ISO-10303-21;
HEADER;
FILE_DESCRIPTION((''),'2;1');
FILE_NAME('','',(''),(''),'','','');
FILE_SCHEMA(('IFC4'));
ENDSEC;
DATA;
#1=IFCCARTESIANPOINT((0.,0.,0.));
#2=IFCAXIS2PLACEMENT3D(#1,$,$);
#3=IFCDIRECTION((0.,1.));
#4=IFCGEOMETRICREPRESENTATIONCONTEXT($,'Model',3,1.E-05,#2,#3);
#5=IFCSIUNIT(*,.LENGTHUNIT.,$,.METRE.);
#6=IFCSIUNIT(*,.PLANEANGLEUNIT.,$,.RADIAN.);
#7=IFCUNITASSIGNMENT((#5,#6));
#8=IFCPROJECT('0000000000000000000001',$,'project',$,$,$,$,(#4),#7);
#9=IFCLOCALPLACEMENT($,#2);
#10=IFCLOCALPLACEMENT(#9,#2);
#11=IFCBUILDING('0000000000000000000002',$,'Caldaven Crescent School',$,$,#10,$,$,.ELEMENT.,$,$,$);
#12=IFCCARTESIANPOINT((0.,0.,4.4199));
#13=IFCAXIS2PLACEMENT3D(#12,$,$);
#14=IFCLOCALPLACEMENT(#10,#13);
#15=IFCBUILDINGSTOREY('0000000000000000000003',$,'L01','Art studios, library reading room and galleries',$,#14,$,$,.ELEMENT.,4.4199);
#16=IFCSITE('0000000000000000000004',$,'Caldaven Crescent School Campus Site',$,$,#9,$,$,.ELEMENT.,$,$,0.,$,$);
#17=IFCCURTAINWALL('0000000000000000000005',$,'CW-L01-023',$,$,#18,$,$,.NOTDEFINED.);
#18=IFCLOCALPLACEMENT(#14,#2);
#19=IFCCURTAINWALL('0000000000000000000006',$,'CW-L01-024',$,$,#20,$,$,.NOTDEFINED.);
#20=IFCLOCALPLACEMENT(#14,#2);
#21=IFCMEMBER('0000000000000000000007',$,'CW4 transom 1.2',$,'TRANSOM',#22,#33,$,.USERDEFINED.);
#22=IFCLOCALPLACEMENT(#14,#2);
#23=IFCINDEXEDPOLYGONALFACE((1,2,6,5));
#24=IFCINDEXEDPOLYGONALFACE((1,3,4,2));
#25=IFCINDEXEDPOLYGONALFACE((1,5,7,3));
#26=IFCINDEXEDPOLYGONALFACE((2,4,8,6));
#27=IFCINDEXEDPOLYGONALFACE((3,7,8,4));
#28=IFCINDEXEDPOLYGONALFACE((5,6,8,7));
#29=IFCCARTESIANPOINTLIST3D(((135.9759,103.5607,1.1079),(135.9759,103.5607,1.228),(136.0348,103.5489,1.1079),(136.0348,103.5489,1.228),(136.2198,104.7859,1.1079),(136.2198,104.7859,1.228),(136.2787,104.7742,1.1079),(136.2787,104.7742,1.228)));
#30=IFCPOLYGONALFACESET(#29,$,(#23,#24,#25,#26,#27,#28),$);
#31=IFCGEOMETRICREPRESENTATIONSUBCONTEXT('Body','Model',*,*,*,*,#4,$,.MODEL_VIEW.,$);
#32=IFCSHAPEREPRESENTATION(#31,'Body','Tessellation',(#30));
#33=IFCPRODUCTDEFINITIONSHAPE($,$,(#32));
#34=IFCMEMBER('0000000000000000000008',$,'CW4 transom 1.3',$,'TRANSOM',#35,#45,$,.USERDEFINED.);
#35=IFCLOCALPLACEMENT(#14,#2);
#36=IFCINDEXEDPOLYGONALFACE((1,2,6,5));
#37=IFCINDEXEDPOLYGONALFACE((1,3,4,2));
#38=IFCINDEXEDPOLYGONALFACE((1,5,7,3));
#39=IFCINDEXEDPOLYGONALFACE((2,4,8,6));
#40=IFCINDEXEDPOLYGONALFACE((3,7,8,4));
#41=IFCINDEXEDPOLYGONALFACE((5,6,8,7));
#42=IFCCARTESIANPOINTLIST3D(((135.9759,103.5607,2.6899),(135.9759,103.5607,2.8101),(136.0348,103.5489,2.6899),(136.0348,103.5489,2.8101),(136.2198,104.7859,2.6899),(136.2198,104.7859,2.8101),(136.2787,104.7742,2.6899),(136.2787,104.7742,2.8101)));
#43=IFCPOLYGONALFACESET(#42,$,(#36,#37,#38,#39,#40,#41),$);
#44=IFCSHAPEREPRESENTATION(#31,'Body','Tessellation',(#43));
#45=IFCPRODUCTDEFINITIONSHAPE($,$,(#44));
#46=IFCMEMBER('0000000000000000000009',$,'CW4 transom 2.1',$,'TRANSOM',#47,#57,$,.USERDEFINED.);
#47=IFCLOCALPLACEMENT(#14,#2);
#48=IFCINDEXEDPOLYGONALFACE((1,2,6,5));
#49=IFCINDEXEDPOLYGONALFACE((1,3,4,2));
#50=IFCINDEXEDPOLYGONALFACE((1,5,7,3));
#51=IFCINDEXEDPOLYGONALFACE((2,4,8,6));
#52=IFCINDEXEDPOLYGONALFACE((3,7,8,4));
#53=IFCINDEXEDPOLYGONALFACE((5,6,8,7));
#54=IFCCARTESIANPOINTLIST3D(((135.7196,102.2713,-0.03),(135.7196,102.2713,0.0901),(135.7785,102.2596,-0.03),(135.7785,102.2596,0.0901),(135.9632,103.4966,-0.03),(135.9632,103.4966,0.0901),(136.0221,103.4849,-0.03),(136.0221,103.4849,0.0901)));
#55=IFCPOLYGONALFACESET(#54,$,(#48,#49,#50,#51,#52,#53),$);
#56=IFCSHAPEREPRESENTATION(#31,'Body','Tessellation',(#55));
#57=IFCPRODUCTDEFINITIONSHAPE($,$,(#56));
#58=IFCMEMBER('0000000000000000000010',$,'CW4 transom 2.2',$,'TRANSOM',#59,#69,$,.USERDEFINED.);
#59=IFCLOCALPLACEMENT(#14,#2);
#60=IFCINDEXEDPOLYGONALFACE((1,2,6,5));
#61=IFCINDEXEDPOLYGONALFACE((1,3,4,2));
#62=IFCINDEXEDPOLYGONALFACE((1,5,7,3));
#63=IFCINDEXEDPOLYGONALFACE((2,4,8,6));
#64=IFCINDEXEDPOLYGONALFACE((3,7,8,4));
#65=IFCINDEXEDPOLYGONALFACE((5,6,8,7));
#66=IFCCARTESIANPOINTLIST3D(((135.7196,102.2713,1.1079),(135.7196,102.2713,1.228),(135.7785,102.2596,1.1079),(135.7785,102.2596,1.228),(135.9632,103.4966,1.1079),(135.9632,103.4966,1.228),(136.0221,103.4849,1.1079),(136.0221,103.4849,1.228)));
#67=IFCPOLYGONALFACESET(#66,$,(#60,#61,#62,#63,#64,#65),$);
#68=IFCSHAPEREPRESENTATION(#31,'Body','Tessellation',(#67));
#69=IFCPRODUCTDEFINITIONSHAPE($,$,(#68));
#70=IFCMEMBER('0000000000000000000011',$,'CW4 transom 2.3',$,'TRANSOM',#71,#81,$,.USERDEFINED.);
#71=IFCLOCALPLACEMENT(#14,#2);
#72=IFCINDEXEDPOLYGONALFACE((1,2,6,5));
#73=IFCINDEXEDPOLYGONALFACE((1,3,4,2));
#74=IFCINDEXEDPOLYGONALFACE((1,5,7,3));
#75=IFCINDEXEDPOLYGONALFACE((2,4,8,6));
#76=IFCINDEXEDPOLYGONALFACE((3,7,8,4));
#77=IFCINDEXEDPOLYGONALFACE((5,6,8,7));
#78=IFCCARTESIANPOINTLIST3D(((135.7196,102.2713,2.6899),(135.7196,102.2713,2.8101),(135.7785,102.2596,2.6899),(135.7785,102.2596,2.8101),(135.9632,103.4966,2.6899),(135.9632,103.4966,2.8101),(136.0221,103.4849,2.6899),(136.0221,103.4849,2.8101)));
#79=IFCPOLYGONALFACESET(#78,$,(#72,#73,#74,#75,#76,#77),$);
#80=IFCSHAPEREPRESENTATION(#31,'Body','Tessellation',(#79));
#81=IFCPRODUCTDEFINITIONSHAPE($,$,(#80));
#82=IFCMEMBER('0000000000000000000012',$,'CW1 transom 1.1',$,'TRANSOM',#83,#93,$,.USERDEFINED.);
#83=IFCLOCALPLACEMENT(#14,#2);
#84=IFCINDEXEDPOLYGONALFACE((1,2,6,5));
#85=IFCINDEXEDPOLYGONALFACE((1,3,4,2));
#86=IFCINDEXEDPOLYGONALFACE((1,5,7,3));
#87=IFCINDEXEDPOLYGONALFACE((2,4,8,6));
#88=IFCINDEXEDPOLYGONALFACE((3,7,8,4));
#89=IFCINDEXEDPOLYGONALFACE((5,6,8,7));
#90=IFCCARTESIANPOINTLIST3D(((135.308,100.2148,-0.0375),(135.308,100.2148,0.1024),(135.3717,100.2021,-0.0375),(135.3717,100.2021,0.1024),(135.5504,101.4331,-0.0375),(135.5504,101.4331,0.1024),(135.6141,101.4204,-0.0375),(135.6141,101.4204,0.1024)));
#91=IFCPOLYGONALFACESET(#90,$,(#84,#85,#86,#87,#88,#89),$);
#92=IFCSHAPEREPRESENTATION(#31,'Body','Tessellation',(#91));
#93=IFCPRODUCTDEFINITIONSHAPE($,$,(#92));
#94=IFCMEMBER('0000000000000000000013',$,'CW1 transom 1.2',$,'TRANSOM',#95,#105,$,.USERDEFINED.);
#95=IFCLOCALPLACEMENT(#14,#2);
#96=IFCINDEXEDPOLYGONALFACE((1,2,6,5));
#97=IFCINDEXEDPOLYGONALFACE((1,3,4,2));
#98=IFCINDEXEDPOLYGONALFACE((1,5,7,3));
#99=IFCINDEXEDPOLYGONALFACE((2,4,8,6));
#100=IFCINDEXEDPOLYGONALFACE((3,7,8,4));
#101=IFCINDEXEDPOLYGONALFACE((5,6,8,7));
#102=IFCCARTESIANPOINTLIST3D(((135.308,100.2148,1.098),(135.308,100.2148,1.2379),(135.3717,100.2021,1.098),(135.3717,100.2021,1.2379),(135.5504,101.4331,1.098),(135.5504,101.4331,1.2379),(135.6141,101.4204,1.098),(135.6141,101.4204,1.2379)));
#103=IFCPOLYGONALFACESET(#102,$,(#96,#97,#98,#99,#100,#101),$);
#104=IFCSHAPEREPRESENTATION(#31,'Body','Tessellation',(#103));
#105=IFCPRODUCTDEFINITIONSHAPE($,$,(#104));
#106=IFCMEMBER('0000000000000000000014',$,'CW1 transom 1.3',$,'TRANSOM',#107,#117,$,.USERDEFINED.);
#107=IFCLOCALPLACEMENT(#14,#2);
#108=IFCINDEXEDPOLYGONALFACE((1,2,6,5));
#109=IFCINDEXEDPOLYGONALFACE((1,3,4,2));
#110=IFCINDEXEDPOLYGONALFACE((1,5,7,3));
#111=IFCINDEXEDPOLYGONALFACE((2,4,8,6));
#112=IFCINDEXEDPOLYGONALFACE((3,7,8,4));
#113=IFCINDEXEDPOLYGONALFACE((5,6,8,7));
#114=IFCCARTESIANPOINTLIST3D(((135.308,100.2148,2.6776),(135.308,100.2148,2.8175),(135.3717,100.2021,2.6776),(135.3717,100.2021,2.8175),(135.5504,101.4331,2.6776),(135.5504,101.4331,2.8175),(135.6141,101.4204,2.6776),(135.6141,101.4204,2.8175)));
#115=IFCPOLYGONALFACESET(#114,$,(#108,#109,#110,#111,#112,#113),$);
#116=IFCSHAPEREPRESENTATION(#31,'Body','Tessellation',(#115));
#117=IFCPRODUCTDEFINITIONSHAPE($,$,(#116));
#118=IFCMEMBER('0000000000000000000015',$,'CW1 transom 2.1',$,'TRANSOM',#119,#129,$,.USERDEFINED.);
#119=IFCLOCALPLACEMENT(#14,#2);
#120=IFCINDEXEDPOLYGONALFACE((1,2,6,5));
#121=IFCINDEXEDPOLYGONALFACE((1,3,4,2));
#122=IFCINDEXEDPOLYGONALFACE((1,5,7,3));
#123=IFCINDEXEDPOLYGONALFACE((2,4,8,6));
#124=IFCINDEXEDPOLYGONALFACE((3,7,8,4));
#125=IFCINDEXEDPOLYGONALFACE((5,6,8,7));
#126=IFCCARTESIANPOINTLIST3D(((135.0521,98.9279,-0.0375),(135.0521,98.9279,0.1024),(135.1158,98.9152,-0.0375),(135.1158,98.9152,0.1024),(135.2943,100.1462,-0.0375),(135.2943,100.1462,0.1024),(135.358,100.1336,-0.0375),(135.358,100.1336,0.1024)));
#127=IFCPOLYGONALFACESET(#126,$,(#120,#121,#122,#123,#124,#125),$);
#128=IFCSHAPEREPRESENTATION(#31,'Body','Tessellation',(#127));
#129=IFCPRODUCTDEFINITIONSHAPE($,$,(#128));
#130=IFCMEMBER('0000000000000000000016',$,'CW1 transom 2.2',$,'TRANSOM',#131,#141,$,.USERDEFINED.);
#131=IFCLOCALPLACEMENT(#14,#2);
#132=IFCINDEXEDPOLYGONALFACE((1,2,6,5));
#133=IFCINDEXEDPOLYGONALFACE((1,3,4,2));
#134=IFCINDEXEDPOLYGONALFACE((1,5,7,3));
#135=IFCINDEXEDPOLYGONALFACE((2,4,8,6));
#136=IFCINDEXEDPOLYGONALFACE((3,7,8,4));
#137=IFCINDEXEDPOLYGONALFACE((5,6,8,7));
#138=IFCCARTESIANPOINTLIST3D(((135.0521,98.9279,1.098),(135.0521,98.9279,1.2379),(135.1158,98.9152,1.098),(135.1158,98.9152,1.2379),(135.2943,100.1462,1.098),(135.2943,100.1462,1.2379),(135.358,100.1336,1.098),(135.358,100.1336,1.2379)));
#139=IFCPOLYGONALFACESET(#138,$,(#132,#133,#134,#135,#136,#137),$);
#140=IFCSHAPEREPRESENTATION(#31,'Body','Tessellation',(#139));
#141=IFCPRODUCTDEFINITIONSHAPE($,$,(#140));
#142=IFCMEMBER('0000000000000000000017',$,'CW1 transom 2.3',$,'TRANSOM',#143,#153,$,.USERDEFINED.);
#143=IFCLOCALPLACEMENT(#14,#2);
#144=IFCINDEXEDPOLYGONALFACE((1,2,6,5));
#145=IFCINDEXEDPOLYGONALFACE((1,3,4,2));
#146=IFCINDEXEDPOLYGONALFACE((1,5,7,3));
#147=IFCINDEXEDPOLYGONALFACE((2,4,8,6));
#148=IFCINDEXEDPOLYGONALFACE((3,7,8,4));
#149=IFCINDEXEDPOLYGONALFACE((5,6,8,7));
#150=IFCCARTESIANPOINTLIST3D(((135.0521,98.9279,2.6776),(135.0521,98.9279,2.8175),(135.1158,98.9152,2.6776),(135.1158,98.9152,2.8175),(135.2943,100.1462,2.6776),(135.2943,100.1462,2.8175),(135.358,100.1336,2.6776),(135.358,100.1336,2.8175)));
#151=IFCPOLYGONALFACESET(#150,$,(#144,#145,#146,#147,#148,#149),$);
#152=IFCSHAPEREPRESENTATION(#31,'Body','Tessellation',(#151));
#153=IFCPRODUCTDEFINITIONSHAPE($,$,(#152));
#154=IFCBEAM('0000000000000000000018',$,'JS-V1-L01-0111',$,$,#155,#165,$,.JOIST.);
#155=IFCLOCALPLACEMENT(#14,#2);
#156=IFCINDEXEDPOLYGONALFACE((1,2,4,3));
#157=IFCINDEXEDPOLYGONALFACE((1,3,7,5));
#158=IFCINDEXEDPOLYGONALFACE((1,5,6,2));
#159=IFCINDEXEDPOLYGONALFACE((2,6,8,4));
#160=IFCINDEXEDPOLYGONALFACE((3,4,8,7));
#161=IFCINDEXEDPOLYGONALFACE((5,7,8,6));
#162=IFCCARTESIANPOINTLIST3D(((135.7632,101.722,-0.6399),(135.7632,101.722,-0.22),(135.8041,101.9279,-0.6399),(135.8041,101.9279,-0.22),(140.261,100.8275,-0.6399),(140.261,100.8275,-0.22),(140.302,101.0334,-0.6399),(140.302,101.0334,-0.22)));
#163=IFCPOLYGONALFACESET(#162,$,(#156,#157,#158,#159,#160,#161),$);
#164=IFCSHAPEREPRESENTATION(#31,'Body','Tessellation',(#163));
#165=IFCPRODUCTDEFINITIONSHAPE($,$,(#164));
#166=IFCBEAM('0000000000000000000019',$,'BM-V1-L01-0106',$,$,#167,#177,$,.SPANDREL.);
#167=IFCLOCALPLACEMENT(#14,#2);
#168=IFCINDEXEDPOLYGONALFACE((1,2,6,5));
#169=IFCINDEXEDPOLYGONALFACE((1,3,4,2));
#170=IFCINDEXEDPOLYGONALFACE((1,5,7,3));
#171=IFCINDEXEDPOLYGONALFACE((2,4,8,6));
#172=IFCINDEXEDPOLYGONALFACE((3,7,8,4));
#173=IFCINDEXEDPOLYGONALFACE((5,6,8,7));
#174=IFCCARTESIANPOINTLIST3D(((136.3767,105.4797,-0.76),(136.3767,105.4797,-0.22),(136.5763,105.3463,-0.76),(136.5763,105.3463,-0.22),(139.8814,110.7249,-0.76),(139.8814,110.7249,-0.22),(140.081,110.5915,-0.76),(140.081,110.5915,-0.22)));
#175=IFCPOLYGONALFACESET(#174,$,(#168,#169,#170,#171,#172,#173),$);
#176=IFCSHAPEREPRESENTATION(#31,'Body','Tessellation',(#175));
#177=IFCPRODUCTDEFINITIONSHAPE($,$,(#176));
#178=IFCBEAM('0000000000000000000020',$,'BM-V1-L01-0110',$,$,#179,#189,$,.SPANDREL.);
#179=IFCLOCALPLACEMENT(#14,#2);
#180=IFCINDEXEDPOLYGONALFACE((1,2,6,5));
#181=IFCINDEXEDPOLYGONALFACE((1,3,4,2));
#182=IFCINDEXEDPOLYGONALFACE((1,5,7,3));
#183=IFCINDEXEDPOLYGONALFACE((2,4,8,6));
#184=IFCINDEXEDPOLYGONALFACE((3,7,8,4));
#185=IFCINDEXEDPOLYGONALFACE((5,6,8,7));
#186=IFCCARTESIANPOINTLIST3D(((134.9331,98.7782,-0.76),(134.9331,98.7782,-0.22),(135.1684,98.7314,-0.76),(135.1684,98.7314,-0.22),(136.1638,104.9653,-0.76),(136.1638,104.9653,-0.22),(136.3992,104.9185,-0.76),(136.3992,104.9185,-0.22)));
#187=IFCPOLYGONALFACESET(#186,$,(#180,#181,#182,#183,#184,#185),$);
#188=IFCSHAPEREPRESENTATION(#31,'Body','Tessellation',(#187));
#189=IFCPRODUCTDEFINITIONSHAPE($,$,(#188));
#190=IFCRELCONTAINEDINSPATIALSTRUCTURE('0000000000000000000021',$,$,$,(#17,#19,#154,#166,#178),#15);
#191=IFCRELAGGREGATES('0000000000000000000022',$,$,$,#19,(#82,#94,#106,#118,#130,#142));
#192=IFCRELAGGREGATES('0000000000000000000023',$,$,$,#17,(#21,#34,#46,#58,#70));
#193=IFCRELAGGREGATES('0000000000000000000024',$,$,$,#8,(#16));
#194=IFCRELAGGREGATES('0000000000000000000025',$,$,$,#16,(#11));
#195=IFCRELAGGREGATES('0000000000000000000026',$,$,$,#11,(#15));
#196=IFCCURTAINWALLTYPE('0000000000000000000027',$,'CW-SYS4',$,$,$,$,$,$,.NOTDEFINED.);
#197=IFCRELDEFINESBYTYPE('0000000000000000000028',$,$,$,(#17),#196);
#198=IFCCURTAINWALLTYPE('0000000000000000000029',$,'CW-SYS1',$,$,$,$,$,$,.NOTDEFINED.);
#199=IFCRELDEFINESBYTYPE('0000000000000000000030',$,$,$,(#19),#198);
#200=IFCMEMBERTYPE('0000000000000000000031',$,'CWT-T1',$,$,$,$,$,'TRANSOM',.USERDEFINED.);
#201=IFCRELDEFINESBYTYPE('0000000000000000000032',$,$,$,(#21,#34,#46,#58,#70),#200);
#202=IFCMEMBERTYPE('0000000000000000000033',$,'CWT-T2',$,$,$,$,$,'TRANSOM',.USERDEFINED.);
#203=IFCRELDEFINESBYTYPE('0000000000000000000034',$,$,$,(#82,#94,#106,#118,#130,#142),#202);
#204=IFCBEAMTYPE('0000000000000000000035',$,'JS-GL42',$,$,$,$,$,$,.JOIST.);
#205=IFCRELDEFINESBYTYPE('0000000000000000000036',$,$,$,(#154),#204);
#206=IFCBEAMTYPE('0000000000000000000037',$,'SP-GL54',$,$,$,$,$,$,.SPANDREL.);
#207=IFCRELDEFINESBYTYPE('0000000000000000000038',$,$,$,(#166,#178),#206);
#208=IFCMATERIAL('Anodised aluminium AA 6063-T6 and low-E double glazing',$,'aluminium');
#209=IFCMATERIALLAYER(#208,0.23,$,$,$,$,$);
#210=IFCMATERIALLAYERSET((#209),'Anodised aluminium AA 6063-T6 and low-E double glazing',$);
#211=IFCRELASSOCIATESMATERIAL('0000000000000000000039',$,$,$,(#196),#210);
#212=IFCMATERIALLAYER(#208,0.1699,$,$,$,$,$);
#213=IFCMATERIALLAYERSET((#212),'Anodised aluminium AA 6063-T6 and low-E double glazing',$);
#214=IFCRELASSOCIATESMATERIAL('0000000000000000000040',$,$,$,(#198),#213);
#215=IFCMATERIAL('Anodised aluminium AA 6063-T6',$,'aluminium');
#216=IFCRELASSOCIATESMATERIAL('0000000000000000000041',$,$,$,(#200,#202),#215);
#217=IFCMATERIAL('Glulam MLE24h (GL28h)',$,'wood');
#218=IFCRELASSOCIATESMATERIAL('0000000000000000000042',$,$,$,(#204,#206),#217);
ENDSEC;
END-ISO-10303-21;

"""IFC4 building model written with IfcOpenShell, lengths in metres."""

from ifc_helpers import new_model, si_unit, direction, frame, origin, origin_2d, place, context, subcontext, project, spatial, rectangle, extrude, material, layer, layer_set, material_profile, profile_set, type_object, element, aggregate, save


model = new_model("IFC4")

# Units and contexts
model_context = context("Model", 3, precision=1e-05, world=origin(), true_north=direction((0.0, 1.0)))
body_context = subcontext(model_context, "Body", "Model", "MODEL_VIEW")
ifc_project = project(units=[si_unit("LENGTHUNIT", "METRE"), si_unit("PLANEANGLEUNIT", "RADIAN")], contexts=[model_context])

# Site, building, storey
site_placement = place(None, origin())
site = spatial("IfcSite", under=ifc_project, at=site_placement, Name="Caldaven Crescent School Campus Site", CompositionType="ELEMENT", RefElevation=0.0)
building_placement = place(site_placement, origin())
building = spatial("IfcBuilding", under=site, at=building_placement, Name="Caldaven Crescent School", CompositionType="ELEMENT")
storey_placement = place(building_placement, frame((0.0, 0.0, 4.4199)))
storey = spatial("IfcBuildingStorey", under=building, at=storey_placement, Name="L01", Description="Art studios, library reading room and galleries", CompositionType="ELEMENT", Elevation=4.4199)

# Shared definitions
ifc_material_1 = material(Name="Glulam MLE24h (GL28h)", Category="wood")

# Shared definitions
ifc_material_2 = material(Name="Anodised aluminium AA 6063-T6 and low-E double glazing", Category="aluminium")
ifc_material_3 = material(Name="Anodised aluminium AA 6063-T6", Category="aluminium")

# Curtain walls
ifc_layer_1 = layer(ifc_material_2, 0.23)
ifc_layer_set_1 = layer_set([ifc_layer_1], Name="Anodised aluminium AA 6063-T6 and low-E double glazing")
curtain_wall_type_1 = type_object("IfcCurtainWallType", Name="CW-SYS4", PredefinedType="NOTDEFINED", material=ifc_layer_set_1)
curtain_wall_1_placement = place(storey_placement, origin())
curtain_wall_1 = element("IfcCurtainWall", 1, at=curtain_wall_1_placement, inside=storey, type_object=curtain_wall_type_1, Name="CW-L01-023", PredefinedType="NOTDEFINED")
ifc_layer_2 = layer(ifc_material_2, 0.1699)
ifc_layer_set_2 = layer_set([ifc_layer_2], Name="Anodised aluminium AA 6063-T6 and low-E double glazing")
curtain_wall_type_2 = type_object("IfcCurtainWallType", Name="CW-SYS1", PredefinedType="NOTDEFINED", material=ifc_layer_set_2)
curtain_wall_2_placement = place(storey_placement, origin())
curtain_wall_2 = element("IfcCurtainWall", 2, at=curtain_wall_2_placement, inside=storey, type_object=curtain_wall_type_2, Name="CW-L01-024", PredefinedType="NOTDEFINED")

# Members
ifc_material_profile_1 = material_profile(ifc_material_3, rectangle(XDim=0.0601, YDim=0.1201, at=origin_2d()), Name="CWT 60x120")
ifc_profile_set_1 = profile_set([ifc_material_profile_1], Name="Anodised aluminium AA 6063-T6")
member_type_1 = type_object("IfcMemberType", Name="CWT-T1", ElementType="TRANSOM", PredefinedType="USERDEFINED", material=ifc_profile_set_1)
member_1_placement = place(storey_placement, frame((136.2493, 104.78, 1.168), z_axis=(-0.195214, -0.980761, 0.0), x_axis=(0.980761, -0.195214, 0.0)))
member_1 = element("IfcMember", 3, at=member_1_placement, type_object=member_type_1, Name="CW4 transom 1.2", ObjectType="TRANSOM", PredefinedType="USERDEFINED", context=body_context, shape_type="SweptSolid", body=[
    extrude(rectangle(XDim=0.0601, YDim=0.1201, at=origin_2d()), origin(), (0.0, 0.0, 1.0), 1.2493),
])
member_2_placement = place(storey_placement, frame((136.2493, 104.78, 2.75), z_axis=(-0.195214, -0.980761, 0.0), x_axis=(0.980761, -0.195214, 0.0)))
member_2 = element("IfcMember", 4, at=member_2_placement, type_object=member_type_1, Name="CW4 transom 1.3", ObjectType="TRANSOM", PredefinedType="USERDEFINED", context=body_context, shape_type="SweptSolid", body=[
    extrude(rectangle(XDim=0.0601, YDim=0.1201, at=origin_2d()), origin(), (0.0, 0.0, 1.0), 1.2493),
])
member_3_placement = place(storey_placement, frame((135.9927, 103.4907, 0.03), z_axis=(-0.195026, -0.980798, 0.0), x_axis=(0.980798, -0.195026, 0.0)))
member_3 = element("IfcMember", 5, at=member_3_placement, type_object=member_type_1, Name="CW4 transom 2.1", ObjectType="TRANSOM", PredefinedType="USERDEFINED", context=body_context, shape_type="SweptSolid", body=[
    extrude(rectangle(XDim=0.0601, YDim=0.1201, at=origin_2d()), origin(), (0.0, 0.0, 1.0), 1.2493),
])
member_4_placement = place(storey_placement, frame((135.9927, 103.4907, 1.168), z_axis=(-0.195026, -0.980798, 0.0), x_axis=(0.980798, -0.195026, 0.0)))
member_4 = element("IfcMember", 6, at=member_4_placement, type_object=member_type_1, Name="CW4 transom 2.2", ObjectType="TRANSOM", PredefinedType="USERDEFINED", context=body_context, shape_type="SweptSolid", body=[
    extrude(rectangle(XDim=0.0601, YDim=0.1201, at=origin_2d()), origin(), (0.0, 0.0, 1.0), 1.2493),
])
member_5_placement = place(storey_placement, frame((135.9927, 103.4907, 2.75), z_axis=(-0.195026, -0.980798, 0.0), x_axis=(0.980798, -0.195026, 0.0)))
member_5 = element("IfcMember", 7, at=member_5_placement, type_object=member_type_1, Name="CW4 transom 2.3", ObjectType="TRANSOM", PredefinedType="USERDEFINED", context=body_context, shape_type="SweptSolid", body=[
    extrude(rectangle(XDim=0.0601, YDim=0.1201, at=origin_2d()), origin(), (0.0, 0.0, 1.0), 1.2493),
])
ifc_material_profile_2 = material_profile(ifc_material_3, rectangle(XDim=0.0649, YDim=0.1399, at=origin_2d()), Name="CWT 65x140")
ifc_profile_set_2 = profile_set([ifc_material_profile_2], Name="Anodised aluminium AA 6063-T6")
member_type_2 = type_object("IfcMemberType", Name="CWT-T2", ElementType="TRANSOM", PredefinedType="USERDEFINED", material=ifc_profile_set_2)
member_6_placement = place(storey_placement, frame((135.5823, 101.4268, 0.0325), z_axis=(-0.195171, -0.980769, 0.0), x_axis=(0.980769, -0.195171, 0.0)))
member_6 = element("IfcMember", 8, at=member_6_placement, type_object=member_type_2, Name="CW1 transom 1.1", ObjectType="TRANSOM", PredefinedType="USERDEFINED", context=body_context, shape_type="SweptSolid", body=[
    extrude(rectangle(XDim=0.0649, YDim=0.1399, at=origin_2d()), origin(), (0.0, 0.0, 1.0), 1.2422),
])
member_7_placement = place(storey_placement, frame((135.5823, 101.4268, 1.168), z_axis=(-0.195171, -0.980769, 0.0), x_axis=(0.980769, -0.195171, 0.0)))
member_7 = element("IfcMember", 9, at=member_7_placement, type_object=member_type_2, Name="CW1 transom 1.2", ObjectType="TRANSOM", PredefinedType="USERDEFINED", context=body_context, shape_type="SweptSolid", body=[
    extrude(rectangle(XDim=0.0649, YDim=0.1399, at=origin_2d()), origin(), (0.0, 0.0, 1.0), 1.2422),
])
member_8_placement = place(storey_placement, frame((135.5823, 101.4268, 2.7476), z_axis=(-0.195171, -0.980769, 0.0), x_axis=(0.980769, -0.195171, 0.0)))
member_8 = element("IfcMember", 10, at=member_8_placement, type_object=member_type_2, Name="CW1 transom 1.3", ObjectType="TRANSOM", PredefinedType="USERDEFINED", context=body_context, shape_type="SweptSolid", body=[
    extrude(rectangle(XDim=0.0649, YDim=0.1399, at=origin_2d()), origin(), (0.0, 0.0, 1.0), 1.2422),
])
member_9_placement = place(storey_placement, frame((135.3262, 100.1399, 0.0325), z_axis=(-0.194982, -0.980807, 0.0), x_axis=(0.980807, -0.194982, 0.0)))
member_9 = element("IfcMember", 11, at=member_9_placement, type_object=member_type_2, Name="CW1 transom 2.1", ObjectType="TRANSOM", PredefinedType="USERDEFINED", context=body_context, shape_type="SweptSolid", body=[
    extrude(rectangle(XDim=0.0649, YDim=0.1399, at=origin_2d()), origin(), (0.0, 0.0, 1.0), 1.2422),
])
member_10_placement = place(storey_placement, frame((135.3262, 100.1399, 1.168), z_axis=(-0.194982, -0.980807, 0.0), x_axis=(0.980807, -0.194982, 0.0)))
member_10 = element("IfcMember", 12, at=member_10_placement, type_object=member_type_2, Name="CW1 transom 2.2", ObjectType="TRANSOM", PredefinedType="USERDEFINED", context=body_context, shape_type="SweptSolid", body=[
    extrude(rectangle(XDim=0.0649, YDim=0.1399, at=origin_2d()), origin(), (0.0, 0.0, 1.0), 1.2422),
])
member_11_placement = place(storey_placement, frame((135.3262, 100.1399, 2.7476), z_axis=(-0.194982, -0.980807, 0.0), x_axis=(0.980807, -0.194982, 0.0)))
member_11 = element("IfcMember", 13, at=member_11_placement, type_object=member_type_2, Name="CW1 transom 2.3", ObjectType="TRANSOM", PredefinedType="USERDEFINED", context=body_context, shape_type="SweptSolid", body=[
    extrude(rectangle(XDim=0.0649, YDim=0.1399, at=origin_2d()), origin(), (0.0, 0.0, 1.0), 1.2422),
])

# Beams
ifc_material_profile_3 = material_profile(ifc_material_1, rectangle(XDim=0.21, YDim=0.4199, at=origin_2d()), Name="MLE 210x420")
ifc_profile_set_3 = profile_set([ifc_material_profile_3], Name="Glulam MLE24h (GL28h)")
beam_type_1 = type_object("IfcBeamType", Name="JS-GL42", PredefinedType="JOIST", material=ifc_profile_set_3)
beam_1_placement = place(storey_placement, frame((140.2815, 100.9304, -0.4299), z_axis=(-0.980791, 0.195062, 0.0), x_axis=(-0.195062, -0.980791, 0.0)))
element("IfcBeam", 14, at=beam_1_placement, inside=storey, type_object=beam_type_1, Name="JS-V1-L01-0111", PredefinedType="JOIST", context=body_context, shape_type="SweptSolid", body=[
    extrude(rectangle(XDim=0.21, YDim=0.4199, at=origin_2d()), origin(), (0.0, 0.0, 1.0), 4.5859),
])
ifc_material_profile_4 = material_profile(ifc_material_1, rectangle(XDim=0.24, YDim=0.54, at=origin_2d()), Name="MLE 240x540")
ifc_profile_set_4 = profile_set([ifc_material_profile_4], Name="Glulam MLE24h (GL28h)")
beam_type_2 = type_object("IfcBeamType", Name="SP-GL54", PredefinedType="SPANDREL", material=ifc_profile_set_4)
for number, where, z_axis, x_axis, name in (
    (15, (139.9812, 110.6582, -0.49), (-0.555566, -0.831472, 0.0), (0.831472, -0.555566, 0.0), "BM-V1-L01-0106"),
    (16, (136.2815, 104.9419, -0.49), (-0.195096, -0.980784, 0.0), (0.980784, -0.195096, 0.0), "BM-V1-L01-0110"),
):
    element("IfcBeam", number, at=place(storey_placement, frame(where, z_axis=z_axis, x_axis=x_axis)), inside=storey, type_object=beam_type_2, Name=name, PredefinedType="SPANDREL", context=body_context, shape_type="SweptSolid", body=[
        extrude(rectangle(XDim=0.24, YDim=0.54, at=origin_2d()), origin(), (0.0, 0.0, 1.0), 6.3083),
    ])

aggregate(curtain_wall_2, [member_6, member_7, member_8, member_9, member_10, member_11])
aggregate(curtain_wall_1, [member_1, member_2, member_3, member_4, member_5])

save(model, "model.ifc")
